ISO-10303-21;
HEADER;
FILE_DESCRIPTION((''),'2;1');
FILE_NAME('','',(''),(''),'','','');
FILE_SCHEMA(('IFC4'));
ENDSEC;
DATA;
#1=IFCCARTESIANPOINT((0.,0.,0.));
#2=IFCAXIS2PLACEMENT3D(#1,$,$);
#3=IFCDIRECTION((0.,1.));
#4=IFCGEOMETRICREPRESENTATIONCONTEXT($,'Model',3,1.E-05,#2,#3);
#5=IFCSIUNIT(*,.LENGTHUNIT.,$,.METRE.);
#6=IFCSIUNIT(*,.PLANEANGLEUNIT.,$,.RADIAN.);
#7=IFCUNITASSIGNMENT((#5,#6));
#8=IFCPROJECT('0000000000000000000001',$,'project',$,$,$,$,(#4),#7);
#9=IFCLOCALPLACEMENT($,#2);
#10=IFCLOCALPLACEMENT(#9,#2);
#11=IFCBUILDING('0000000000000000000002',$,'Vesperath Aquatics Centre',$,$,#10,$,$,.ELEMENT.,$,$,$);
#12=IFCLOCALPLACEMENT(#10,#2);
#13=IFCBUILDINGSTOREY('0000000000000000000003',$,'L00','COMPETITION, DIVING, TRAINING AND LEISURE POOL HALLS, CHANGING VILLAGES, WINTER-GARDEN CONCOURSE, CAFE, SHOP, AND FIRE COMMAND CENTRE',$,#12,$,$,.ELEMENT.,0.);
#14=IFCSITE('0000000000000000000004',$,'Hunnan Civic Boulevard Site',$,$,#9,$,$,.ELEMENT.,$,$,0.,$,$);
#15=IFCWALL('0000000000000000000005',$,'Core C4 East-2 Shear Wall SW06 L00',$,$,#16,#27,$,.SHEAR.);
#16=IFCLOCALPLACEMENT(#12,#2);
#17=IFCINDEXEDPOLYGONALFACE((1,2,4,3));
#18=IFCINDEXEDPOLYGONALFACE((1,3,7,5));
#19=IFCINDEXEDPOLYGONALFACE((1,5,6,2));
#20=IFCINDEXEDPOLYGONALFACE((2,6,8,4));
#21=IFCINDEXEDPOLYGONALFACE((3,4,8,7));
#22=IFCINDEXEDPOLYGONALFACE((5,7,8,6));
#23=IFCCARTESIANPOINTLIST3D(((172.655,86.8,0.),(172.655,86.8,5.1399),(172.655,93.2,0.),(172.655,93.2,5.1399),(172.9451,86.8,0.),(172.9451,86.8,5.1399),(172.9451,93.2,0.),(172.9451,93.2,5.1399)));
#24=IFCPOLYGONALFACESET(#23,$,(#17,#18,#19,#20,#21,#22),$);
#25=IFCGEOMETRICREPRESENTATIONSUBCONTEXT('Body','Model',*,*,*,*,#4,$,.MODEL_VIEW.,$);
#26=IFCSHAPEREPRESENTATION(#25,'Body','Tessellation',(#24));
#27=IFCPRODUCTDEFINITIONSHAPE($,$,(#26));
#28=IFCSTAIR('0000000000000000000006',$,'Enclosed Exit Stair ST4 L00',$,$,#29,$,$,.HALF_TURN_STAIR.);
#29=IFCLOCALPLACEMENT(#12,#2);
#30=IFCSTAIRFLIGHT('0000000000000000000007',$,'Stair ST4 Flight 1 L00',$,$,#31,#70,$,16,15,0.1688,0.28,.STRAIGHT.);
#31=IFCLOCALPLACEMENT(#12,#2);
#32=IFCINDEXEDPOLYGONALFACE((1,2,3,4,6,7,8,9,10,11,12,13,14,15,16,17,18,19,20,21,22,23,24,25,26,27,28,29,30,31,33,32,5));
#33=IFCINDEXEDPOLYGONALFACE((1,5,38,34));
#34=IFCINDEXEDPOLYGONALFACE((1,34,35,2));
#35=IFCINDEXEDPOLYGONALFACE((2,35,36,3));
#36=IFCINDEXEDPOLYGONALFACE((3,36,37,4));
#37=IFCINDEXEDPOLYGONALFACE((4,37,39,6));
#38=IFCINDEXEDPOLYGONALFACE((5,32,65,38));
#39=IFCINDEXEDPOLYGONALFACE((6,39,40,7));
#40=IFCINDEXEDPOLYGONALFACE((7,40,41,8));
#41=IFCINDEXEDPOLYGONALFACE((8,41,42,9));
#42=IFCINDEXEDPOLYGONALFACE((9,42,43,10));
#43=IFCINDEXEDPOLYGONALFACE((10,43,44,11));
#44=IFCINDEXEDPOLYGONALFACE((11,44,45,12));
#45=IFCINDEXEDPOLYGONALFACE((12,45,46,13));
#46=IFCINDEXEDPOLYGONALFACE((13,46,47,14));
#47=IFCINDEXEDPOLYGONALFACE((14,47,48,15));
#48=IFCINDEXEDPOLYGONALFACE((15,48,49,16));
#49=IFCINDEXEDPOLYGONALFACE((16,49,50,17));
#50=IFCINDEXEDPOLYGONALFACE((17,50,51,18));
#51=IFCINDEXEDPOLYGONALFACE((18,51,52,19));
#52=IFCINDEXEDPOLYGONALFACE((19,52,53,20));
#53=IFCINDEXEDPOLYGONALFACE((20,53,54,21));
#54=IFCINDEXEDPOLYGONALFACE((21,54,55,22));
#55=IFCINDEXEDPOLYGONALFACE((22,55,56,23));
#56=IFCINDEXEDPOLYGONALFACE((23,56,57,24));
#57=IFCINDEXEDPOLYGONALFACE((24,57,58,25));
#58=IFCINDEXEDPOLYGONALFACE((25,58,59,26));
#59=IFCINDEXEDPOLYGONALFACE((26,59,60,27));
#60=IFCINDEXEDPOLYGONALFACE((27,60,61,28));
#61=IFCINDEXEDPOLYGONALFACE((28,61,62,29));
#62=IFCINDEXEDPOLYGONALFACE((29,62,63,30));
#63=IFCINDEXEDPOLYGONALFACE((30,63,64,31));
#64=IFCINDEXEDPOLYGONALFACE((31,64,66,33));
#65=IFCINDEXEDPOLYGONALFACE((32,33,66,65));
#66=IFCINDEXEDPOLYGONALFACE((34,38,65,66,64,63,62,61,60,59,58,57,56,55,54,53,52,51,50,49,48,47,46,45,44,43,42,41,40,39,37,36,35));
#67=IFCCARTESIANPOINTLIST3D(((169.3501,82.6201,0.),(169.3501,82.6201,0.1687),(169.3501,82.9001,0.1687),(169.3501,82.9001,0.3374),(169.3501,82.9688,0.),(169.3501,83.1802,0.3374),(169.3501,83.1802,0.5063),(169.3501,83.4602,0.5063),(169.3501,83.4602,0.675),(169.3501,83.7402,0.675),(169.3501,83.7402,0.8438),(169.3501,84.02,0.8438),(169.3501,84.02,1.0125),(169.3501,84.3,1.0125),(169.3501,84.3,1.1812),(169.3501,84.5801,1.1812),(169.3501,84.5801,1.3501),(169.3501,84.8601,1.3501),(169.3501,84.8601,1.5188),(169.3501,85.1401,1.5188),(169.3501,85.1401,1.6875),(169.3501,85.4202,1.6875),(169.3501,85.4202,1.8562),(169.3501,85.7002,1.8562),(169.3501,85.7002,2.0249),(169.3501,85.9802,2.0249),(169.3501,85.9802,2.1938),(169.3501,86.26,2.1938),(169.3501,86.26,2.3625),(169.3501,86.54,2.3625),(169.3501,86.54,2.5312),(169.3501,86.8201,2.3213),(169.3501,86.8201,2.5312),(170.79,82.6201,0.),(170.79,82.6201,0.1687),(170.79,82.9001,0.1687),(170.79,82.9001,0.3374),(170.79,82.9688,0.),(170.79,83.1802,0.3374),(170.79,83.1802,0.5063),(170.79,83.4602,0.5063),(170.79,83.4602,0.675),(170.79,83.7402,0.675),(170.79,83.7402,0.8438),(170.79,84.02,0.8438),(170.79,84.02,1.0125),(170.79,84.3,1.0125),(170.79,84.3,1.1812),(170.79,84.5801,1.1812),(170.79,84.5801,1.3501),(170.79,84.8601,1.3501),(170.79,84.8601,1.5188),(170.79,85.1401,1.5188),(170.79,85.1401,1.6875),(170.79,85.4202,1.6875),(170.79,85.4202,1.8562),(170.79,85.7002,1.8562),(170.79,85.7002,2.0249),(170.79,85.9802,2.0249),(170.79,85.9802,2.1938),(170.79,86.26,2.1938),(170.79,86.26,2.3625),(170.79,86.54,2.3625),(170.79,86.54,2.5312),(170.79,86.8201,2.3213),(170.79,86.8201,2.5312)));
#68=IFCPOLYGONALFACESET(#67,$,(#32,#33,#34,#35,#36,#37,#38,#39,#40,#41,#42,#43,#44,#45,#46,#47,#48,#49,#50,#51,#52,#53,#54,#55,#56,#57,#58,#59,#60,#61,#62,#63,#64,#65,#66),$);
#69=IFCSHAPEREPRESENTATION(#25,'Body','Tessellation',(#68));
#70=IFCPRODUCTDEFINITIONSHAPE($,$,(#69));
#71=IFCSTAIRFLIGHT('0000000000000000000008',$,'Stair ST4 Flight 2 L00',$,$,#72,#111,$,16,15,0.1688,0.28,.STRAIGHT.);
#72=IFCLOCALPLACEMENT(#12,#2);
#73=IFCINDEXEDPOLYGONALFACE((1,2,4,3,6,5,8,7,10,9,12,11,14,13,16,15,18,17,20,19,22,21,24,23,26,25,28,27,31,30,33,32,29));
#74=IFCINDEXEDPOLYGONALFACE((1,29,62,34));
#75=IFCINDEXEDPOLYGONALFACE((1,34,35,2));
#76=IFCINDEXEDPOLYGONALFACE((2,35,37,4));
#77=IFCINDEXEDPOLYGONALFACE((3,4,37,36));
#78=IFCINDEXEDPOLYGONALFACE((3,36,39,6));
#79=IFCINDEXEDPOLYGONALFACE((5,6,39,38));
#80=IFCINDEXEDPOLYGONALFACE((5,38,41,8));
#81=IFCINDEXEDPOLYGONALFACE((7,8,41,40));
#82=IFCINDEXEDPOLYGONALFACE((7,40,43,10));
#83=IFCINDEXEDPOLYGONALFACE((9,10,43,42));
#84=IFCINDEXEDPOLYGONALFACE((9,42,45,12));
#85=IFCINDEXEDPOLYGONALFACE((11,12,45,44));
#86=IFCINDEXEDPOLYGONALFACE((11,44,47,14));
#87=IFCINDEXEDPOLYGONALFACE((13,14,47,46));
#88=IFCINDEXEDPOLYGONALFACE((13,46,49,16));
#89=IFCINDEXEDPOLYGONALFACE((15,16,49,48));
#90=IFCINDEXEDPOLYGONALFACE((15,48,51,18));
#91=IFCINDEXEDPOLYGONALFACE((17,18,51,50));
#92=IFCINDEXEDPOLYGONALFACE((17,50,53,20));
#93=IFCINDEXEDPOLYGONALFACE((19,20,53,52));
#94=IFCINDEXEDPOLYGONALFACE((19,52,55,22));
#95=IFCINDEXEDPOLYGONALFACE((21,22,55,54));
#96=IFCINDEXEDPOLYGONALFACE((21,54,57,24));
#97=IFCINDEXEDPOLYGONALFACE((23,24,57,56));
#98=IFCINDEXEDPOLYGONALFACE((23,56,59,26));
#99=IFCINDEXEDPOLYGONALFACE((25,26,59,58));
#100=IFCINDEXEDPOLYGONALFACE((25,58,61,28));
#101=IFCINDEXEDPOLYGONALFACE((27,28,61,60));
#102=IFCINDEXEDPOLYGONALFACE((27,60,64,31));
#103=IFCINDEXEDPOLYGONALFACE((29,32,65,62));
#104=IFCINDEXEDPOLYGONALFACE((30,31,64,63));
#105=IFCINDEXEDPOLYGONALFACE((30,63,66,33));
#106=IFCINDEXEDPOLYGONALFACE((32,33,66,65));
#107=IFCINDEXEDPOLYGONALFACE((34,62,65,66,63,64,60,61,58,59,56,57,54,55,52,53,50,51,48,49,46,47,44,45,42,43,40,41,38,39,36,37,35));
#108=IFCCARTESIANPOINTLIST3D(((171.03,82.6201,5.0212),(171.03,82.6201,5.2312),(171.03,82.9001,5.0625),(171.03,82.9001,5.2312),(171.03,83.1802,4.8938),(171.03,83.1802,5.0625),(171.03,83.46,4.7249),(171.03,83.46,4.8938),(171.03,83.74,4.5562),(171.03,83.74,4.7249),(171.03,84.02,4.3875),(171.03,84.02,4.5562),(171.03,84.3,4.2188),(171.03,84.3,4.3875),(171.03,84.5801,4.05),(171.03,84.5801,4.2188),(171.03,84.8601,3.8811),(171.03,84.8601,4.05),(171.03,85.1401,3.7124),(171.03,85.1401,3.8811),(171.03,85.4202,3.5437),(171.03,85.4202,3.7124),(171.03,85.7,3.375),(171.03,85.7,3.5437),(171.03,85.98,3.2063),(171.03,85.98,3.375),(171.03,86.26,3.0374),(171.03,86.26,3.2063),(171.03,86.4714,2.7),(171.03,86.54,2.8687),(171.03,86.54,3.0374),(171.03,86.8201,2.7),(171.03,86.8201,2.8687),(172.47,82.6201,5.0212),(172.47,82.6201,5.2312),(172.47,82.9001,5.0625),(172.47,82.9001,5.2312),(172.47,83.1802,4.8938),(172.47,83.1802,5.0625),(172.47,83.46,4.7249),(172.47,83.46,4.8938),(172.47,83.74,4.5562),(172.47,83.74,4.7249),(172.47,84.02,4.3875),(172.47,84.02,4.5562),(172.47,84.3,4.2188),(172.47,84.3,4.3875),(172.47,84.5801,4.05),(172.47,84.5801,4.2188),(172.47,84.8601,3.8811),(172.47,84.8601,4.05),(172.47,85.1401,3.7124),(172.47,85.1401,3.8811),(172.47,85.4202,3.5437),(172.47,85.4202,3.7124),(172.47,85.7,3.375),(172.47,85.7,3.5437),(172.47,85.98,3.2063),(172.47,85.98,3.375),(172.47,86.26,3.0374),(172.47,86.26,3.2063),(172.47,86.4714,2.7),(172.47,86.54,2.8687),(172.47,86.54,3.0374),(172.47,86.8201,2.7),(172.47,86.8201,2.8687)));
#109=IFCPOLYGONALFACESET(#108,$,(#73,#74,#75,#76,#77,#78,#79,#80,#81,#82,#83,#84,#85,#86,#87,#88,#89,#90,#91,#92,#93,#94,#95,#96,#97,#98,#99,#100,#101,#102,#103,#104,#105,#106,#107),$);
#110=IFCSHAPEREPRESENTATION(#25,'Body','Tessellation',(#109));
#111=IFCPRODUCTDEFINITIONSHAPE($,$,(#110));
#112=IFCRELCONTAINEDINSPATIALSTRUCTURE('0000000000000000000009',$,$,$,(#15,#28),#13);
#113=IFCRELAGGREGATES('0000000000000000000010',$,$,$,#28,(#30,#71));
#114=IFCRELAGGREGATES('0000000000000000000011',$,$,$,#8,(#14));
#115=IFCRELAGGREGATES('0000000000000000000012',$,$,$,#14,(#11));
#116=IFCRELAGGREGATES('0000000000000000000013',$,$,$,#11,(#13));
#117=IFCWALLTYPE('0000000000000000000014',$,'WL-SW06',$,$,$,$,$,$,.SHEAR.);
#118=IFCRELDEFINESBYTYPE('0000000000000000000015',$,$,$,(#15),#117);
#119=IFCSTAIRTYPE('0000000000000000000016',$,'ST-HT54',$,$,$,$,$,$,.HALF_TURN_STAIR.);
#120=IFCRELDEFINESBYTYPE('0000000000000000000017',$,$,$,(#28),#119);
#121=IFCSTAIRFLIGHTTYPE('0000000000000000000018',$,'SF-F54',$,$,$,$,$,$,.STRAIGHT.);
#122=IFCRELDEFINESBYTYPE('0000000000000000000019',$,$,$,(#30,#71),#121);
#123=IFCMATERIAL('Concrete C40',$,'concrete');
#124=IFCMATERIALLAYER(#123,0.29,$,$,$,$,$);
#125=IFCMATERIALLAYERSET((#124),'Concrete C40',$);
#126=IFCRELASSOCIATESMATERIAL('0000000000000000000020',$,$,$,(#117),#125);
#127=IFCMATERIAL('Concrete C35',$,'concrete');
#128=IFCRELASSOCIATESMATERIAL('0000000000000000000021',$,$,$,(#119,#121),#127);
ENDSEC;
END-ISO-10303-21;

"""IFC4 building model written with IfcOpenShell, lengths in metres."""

from ifc_helpers import new_model, si_unit, direction, frame, frame_2d, origin, place, context, subcontext, project, spatial, polyline, rectangle, outline, extrude, material, layer, layer_set, type_object, element, aggregate, save


model = new_model("IFC4")

# Units and contexts
model_context = context("Model", 3, precision=1e-05, world=origin(), true_north=direction((0.0, 1.0)))
body_context = subcontext(model_context, "Body", "Model", "MODEL_VIEW")
ifc_project = project(units=[si_unit("LENGTHUNIT", "METRE"), si_unit("PLANEANGLEUNIT", "RADIAN")], contexts=[model_context])

# Site, building, storey
site_placement = place(None, origin())
site = spatial("IfcSite", under=ifc_project, at=site_placement, Name="Hunnan Civic Boulevard Site", CompositionType="ELEMENT", RefElevation=0.0)
building_placement = place(site_placement, origin())
building = spatial("IfcBuilding", under=site, at=building_placement, Name="Vesperath Aquatics Centre", CompositionType="ELEMENT")
storey_placement = place(building_placement, origin())
storey = spatial("IfcBuildingStorey", under=building, at=storey_placement, Name="L00", Description="COMPETITION, DIVING, TRAINING AND LEISURE POOL HALLS, CHANGING VILLAGES, WINTER-GARDEN CONCOURSE, CAFE, SHOP, AND FIRE COMMAND CENTRE", CompositionType="ELEMENT", Elevation=0.0)

# Shared definitions
ifc_material_1 = material(Name="Concrete C40", Category="concrete")

# Shared definitions
ifc_material_2 = material(Name="Concrete C35", Category="concrete")

# Shared definitions
ifc_layer_1 = layer(ifc_material_1, 0.29)
ifc_layer_set_1 = layer_set([ifc_layer_1], Name="Concrete C40")
wall_type_1 = type_object("IfcWallType", Name="WL-SW06", PredefinedType="SHEAR", material=ifc_layer_set_1)

# Wall
wall_1_placement = place(storey_placement, frame((172.8, 86.8, 0.0), z_axis=(0.0, 0.0, 1.0), x_axis=(0.0, 1.0, 0.0)))
element("IfcWall", 1, at=wall_1_placement, inside=storey, type_object=wall_type_1, Name="Core C4 East-2 Shear Wall SW06 L00", PredefinedType="SHEAR", context=body_context, shape_type="SweptSolid", body=[
    extrude(rectangle(XDim=6.3999, YDim=0.29, at=frame_2d((3.2, 0.0))), origin(), (0.0, 0.0, 1.0), 5.1399),
])

# Stair, stair flights
stair_type = type_object("IfcStairType", Name="ST-HT54", PredefinedType="HALF_TURN_STAIR", material=ifc_material_2)
stair_placement = place(storey_placement, origin())
stair = element("IfcStair", 2, at=stair_placement, inside=storey, type_object=stair_type, Name="Enclosed Exit Stair ST4 L00", PredefinedType="HALF_TURN_STAIR")
stair_flight_type = type_object("IfcStairFlightType", Name="SF-F54", PredefinedType="STRAIGHT", material=ifc_material_2)
stair_flight_1_placement = place(storey_placement, frame((170.0701, 82.6201, 0.0), z_axis=(0.0, 0.0, 1.0), x_axis=(0.0, 1.0, 0.0)))
stair_flight_1 = element("IfcStairFlight", 3, at=stair_flight_1_placement, type_object=stair_flight_type, Name="Stair ST4 Flight 1 L00", NumberOfRisers=16, NumberOfTreads=15, PredefinedType="STRAIGHT", RiserHeight=0.1688, TreadLength=0.28, context=body_context, shape_type="SweptSolid", body=[
    extrude(outline(polyline([(0.0, 0.0), (0.0, 0.1687), (0.28, 0.1687), (0.28, 0.3374), (0.5601, 0.3374), (0.5601, 0.5063), (0.8401, 0.5063), (0.8401, 0.675), (1.1201, 0.675), (1.1201, 0.8438), (1.3999, 0.8438), (1.3999, 1.0125), (1.6799, 1.0125), (1.6799, 1.1812), (1.96, 1.1812), (1.96, 1.3501), (2.24, 1.3501), (2.24, 1.5188), (2.52, 1.5188), (2.52, 1.6875), (2.8, 1.6875), (2.8, 1.8562), (3.0801, 1.8562), (3.0801, 2.0249), (3.3601, 2.0249), (3.3601, 2.1938), (3.6399, 2.1938), (3.6399, 2.3625), (3.9199, 2.3625), (3.9199, 2.5312), (4.2, 2.5312), (4.2, 2.7), (4.2, 2.3213), (0.3486, 0.0), (0.0, 0.0)])), frame((0.0, 0.72, 0.0), z_axis=(0.0, -1.0, 0.0), x_axis=(1.0, 0.0, 0.0)), (0.0, 0.0, 1.0), 1.4399),
])
stair_flight_2_placement = place(storey_placement, frame((171.75, 86.8201, 2.7), z_axis=(0.0, 0.0, 1.0), x_axis=(0.0, -1.0, 0.0)))
stair_flight_2 = element("IfcStairFlight", 4, at=stair_flight_2_placement, type_object=stair_flight_type, Name="Stair ST4 Flight 2 L00", NumberOfRisers=16, NumberOfTreads=15, PredefinedType="STRAIGHT", RiserHeight=0.1688, TreadLength=0.28, context=body_context, shape_type="SweptSolid", body=[
    extrude(outline(polyline([(0.0, 0.0), (0.0, 0.1687), (0.28, 0.1687), (0.28, 0.3374), (0.5601, 0.3374), (0.5601, 0.5063), (0.8401, 0.5063), (0.8401, 0.675), (1.1201, 0.675), (1.1201, 0.8438), (1.3999, 0.8438), (1.3999, 1.0125), (1.6799, 1.0125), (1.6799, 1.1812), (1.96, 1.1812), (1.96, 1.3501), (2.24, 1.3501), (2.24, 1.5188), (2.52, 1.5188), (2.52, 1.6875), (2.8, 1.6875), (2.8, 1.8562), (3.0801, 1.8562), (3.0801, 2.0249), (3.3601, 2.0249), (3.3601, 2.1938), (3.6399, 2.1938), (3.6399, 2.3625), (3.9199, 2.3625), (3.9199, 2.5312), (4.2, 2.5312), (4.2, 2.7), (4.2, 2.3213), (0.3486, 0.0), (0.0, 0.0)])), frame((0.0, 0.72, 0.0), z_axis=(0.0, -1.0, 0.0), x_axis=(1.0, 0.0, 0.0)), (0.0, 0.0, 1.0), 1.4399),
])
aggregate(stair, [stair_flight_1, stair_flight_2])

save(model, "model.ifc")
